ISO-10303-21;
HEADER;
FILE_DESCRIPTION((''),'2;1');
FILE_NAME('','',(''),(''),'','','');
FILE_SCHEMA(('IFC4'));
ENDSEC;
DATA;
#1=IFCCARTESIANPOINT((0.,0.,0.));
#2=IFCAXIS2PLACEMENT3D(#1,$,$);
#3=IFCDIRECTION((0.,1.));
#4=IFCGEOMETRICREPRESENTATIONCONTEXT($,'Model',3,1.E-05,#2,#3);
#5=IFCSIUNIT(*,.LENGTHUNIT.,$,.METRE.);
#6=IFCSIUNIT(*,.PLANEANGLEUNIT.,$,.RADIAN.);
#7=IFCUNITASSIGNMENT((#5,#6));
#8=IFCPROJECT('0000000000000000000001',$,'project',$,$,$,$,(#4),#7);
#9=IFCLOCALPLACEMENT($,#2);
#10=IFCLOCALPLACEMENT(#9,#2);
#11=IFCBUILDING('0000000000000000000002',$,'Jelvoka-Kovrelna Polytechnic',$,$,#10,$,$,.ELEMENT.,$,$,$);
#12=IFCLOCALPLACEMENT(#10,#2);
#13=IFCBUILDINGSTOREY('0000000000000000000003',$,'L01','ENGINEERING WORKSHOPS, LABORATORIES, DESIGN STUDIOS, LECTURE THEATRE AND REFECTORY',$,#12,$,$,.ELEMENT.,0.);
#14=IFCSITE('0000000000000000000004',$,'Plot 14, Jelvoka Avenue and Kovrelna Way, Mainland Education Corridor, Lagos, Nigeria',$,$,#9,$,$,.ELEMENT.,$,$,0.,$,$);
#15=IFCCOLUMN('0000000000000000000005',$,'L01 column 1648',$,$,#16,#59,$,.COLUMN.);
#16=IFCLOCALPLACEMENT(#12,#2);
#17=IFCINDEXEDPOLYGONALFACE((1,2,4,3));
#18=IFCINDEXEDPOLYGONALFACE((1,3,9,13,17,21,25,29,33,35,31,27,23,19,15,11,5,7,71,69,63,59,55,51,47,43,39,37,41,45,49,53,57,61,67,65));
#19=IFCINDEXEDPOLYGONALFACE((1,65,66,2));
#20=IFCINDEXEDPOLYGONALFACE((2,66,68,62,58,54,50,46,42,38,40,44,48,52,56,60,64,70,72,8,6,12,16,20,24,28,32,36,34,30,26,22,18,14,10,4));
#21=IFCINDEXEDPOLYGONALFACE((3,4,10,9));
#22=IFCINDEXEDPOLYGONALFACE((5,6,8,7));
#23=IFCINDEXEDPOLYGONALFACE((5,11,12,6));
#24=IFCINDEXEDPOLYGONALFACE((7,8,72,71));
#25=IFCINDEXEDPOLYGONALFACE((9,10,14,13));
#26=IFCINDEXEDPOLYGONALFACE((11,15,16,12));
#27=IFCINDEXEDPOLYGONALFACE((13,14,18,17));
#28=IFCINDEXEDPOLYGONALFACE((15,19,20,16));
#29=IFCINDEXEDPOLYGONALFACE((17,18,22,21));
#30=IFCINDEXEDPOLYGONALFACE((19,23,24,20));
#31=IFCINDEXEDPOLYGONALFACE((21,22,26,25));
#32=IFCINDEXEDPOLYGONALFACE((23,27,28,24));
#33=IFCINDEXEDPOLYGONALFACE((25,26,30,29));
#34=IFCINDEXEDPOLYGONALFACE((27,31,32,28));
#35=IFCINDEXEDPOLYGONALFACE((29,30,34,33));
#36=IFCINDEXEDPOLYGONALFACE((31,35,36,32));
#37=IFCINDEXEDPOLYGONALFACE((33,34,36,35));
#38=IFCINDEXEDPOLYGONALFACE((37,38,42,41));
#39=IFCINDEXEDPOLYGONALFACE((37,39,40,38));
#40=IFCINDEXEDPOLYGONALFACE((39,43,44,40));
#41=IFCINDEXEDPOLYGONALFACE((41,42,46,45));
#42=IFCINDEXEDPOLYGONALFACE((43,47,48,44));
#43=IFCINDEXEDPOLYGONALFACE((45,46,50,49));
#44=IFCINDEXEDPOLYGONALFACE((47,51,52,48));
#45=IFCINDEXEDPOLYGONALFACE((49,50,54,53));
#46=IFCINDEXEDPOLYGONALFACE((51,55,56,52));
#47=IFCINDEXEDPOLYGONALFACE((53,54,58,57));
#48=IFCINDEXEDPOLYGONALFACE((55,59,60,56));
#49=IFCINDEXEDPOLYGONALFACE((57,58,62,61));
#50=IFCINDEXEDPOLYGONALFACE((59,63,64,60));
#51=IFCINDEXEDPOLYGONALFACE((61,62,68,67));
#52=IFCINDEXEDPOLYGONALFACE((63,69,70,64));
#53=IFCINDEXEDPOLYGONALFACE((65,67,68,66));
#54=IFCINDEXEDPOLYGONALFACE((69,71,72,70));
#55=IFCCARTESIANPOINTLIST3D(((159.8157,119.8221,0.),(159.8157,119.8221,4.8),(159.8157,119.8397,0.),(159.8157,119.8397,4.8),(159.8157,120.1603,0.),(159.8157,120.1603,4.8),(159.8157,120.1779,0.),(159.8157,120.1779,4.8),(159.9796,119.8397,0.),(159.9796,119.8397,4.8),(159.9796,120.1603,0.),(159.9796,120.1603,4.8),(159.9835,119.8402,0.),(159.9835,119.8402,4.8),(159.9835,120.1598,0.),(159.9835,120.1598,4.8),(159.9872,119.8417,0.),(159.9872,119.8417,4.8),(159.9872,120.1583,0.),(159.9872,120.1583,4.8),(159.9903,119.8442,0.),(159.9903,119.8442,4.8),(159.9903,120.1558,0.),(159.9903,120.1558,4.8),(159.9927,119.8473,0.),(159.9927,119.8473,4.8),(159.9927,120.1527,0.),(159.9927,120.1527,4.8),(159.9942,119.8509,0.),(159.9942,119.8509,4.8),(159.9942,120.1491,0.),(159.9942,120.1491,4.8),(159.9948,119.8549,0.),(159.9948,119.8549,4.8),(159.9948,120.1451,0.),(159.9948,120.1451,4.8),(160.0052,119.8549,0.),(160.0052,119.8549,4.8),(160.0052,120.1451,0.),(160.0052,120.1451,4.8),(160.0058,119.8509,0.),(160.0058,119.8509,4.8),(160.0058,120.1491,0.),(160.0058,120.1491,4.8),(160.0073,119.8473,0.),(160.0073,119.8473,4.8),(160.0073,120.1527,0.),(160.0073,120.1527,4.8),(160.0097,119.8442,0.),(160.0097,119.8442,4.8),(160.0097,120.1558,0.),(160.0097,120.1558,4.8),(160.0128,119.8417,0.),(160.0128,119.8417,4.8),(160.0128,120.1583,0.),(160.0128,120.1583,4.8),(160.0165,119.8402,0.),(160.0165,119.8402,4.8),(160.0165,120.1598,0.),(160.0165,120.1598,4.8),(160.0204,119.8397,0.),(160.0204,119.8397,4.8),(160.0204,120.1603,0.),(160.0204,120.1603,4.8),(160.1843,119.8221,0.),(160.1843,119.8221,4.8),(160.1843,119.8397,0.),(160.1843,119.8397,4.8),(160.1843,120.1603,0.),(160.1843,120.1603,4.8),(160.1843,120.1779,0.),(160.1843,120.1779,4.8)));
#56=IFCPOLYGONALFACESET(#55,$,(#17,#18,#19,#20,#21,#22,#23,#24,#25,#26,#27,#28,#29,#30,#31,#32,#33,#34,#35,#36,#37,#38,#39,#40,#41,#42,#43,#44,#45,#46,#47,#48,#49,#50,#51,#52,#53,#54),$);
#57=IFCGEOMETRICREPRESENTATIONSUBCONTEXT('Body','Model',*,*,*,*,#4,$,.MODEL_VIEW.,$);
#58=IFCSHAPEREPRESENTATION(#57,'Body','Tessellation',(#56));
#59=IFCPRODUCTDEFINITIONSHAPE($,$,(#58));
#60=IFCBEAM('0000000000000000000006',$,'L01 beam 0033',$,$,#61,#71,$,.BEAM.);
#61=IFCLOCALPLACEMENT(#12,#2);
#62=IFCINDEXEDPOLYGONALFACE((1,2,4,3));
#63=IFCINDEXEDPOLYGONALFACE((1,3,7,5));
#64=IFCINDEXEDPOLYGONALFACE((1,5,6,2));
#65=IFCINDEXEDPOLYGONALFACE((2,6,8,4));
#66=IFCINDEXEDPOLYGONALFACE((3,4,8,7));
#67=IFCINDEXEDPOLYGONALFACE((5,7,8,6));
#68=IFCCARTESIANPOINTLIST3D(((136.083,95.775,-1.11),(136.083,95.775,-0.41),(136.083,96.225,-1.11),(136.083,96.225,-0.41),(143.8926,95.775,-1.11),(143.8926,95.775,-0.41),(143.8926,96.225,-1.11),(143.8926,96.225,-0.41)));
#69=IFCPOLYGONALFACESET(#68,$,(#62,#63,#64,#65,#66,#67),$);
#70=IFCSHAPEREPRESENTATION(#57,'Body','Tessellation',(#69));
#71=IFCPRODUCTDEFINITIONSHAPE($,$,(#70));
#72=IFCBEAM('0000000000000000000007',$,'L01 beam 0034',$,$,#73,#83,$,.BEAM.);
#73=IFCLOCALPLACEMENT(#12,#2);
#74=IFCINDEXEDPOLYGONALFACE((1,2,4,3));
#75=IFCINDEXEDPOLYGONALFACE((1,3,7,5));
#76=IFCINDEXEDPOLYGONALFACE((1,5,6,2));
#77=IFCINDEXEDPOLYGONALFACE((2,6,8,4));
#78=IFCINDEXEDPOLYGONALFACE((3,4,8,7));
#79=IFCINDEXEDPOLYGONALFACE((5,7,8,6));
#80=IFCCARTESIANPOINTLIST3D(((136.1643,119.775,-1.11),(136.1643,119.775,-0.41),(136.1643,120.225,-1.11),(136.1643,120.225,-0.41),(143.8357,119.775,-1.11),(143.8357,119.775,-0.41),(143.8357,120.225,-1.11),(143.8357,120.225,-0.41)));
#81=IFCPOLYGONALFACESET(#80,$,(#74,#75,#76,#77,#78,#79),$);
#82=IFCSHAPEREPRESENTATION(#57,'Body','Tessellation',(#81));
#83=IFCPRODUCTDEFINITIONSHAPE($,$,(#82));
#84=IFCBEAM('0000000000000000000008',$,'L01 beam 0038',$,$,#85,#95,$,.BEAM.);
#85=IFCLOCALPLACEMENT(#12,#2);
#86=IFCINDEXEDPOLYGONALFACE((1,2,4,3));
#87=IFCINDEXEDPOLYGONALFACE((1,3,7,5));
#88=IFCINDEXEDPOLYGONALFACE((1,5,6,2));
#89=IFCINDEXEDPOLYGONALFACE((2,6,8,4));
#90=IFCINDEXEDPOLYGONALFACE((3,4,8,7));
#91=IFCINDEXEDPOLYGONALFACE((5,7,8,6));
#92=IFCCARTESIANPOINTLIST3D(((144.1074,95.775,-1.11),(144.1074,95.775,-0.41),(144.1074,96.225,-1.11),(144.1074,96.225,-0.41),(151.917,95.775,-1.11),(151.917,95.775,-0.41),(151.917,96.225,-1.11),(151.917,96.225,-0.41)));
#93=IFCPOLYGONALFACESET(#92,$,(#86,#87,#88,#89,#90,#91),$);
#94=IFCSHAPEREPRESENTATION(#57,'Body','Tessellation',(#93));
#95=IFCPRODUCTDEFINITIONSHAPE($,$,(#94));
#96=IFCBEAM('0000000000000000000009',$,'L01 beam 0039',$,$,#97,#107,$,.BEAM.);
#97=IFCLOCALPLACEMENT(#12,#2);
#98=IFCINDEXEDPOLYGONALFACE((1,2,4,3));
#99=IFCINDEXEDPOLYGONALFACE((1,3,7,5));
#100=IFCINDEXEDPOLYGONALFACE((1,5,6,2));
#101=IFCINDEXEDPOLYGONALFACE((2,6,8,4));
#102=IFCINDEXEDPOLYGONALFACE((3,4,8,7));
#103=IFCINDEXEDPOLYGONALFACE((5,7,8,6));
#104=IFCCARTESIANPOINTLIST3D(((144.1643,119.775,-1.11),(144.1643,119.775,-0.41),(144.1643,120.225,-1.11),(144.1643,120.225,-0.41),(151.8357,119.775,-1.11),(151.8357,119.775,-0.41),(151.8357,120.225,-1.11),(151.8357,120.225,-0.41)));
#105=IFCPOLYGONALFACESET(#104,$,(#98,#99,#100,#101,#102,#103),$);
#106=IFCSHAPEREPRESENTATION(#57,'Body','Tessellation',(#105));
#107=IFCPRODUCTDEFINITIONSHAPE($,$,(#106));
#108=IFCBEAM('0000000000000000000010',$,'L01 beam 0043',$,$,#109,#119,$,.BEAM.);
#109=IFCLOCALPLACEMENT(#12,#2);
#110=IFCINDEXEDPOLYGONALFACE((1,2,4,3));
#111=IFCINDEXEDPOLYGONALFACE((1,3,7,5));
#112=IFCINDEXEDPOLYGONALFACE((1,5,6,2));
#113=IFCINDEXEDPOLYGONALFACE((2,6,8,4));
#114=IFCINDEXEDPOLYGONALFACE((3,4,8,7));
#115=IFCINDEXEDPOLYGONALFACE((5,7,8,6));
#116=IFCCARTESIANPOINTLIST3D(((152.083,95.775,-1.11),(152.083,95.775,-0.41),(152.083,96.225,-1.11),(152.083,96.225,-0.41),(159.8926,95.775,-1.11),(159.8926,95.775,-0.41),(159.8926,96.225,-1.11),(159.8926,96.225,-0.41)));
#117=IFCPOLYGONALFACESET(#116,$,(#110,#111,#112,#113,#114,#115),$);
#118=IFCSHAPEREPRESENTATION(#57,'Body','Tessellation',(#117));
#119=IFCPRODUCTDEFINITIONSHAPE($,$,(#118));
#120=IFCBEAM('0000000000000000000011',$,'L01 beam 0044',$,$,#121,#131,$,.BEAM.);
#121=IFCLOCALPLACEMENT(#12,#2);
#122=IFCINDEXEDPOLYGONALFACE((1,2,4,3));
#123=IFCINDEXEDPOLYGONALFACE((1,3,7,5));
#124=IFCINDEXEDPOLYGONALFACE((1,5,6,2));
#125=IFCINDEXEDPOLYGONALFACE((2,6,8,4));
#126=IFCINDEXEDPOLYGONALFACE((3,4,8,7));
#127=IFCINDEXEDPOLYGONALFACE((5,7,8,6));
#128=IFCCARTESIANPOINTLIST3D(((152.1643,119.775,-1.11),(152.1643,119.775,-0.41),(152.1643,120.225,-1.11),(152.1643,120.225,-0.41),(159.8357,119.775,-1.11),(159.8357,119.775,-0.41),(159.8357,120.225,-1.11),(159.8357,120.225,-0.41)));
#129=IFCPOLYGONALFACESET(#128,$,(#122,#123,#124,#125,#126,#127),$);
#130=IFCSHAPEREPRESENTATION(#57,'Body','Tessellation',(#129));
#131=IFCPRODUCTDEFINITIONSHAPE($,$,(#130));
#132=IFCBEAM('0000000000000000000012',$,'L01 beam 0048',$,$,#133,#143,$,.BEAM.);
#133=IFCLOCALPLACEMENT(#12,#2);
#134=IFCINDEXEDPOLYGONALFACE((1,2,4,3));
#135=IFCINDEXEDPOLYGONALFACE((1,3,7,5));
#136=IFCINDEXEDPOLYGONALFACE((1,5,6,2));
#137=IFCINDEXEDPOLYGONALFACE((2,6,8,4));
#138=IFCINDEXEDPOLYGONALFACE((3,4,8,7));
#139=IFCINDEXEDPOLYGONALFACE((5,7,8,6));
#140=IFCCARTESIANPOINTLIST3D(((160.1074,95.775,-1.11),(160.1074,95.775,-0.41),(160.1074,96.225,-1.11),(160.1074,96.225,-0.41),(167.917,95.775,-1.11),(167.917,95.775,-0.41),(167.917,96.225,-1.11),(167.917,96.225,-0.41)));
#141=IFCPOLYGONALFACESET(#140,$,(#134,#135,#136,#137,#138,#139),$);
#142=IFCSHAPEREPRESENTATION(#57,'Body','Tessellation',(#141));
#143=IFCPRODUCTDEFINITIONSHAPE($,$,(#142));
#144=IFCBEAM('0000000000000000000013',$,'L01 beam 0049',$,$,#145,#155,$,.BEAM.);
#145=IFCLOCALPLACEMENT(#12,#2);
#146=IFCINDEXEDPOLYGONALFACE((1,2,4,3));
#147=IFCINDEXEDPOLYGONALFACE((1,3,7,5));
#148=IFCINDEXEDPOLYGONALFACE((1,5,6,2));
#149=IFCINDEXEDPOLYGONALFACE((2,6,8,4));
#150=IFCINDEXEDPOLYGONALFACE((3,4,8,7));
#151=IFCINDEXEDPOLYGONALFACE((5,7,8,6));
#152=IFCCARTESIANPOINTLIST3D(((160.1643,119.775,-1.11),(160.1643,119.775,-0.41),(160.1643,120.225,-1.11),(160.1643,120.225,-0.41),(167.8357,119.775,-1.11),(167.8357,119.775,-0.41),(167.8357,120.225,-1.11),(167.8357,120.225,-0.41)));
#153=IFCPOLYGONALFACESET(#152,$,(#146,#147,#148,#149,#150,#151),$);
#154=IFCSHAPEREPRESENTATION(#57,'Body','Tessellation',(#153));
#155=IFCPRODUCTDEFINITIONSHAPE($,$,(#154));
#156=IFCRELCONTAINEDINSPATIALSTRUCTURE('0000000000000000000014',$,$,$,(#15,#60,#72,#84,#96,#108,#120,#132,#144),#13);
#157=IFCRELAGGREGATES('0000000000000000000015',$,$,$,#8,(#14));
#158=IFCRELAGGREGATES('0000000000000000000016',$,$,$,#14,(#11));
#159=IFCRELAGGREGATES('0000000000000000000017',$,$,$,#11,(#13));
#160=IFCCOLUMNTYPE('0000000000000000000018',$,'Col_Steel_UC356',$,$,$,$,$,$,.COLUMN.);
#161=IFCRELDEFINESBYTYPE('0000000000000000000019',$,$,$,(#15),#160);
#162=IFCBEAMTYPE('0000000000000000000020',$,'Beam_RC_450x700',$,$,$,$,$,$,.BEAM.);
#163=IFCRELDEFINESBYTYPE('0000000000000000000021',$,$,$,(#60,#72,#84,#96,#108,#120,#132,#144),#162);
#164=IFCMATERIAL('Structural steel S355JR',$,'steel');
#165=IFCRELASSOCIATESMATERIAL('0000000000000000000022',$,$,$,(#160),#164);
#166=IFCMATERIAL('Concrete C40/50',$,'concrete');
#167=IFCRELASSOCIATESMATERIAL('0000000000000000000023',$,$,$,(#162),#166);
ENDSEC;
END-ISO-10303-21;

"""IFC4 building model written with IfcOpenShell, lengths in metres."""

from ifc_helpers import new_model, si_unit, direction, frame, origin, origin_2d, place, context, subcontext, project, spatial, rectangle, i_section, extrude, material, material_profile, profile_set, type_object, element, save


model = new_model("IFC4")

# Units and contexts
model_context = context("Model", 3, precision=1e-05, world=origin(), true_north=direction((0.0, 1.0)))
body_context = subcontext(model_context, "Body", "Model", "MODEL_VIEW")
ifc_project = project(units=[si_unit("LENGTHUNIT", "METRE"), si_unit("PLANEANGLEUNIT", "RADIAN")], contexts=[model_context])

# Site, building, storey
site_placement = place(None, origin())
site = spatial("IfcSite", under=ifc_project, at=site_placement, Name="Plot 14, Jelvoka Avenue and Kovrelna Way, Mainland Education Corridor, Lagos, Nigeria", CompositionType="ELEMENT", RefElevation=0.0)
building_placement = place(site_placement, origin())
building = spatial("IfcBuilding", under=site, at=building_placement, Name="Jelvoka-Kovrelna Polytechnic", CompositionType="ELEMENT")
storey_placement = place(building_placement, origin())
storey = spatial("IfcBuildingStorey", under=building, at=storey_placement, Name="L01", Description="ENGINEERING WORKSHOPS, LABORATORIES, DESIGN STUDIOS, LECTURE THEATRE AND REFECTORY", CompositionType="ELEMENT", Elevation=0.0)

# Column
ifc_material_1 = material(Name="Structural steel S355JR", Category="steel")
ifc_material_profile_1 = material_profile(ifc_material_1, i_section(OverallWidth=0.3687, OverallDepth=0.3557, WebThickness=0.0105, FlangeThickness=0.0176, FilletRadius=0.0151, at=origin_2d()), Name="356x368x129 UC")
ifc_profile_set_1 = profile_set([ifc_material_profile_1], Name="Structural steel S355JR")
column_type_1 = type_object("IfcColumnType", Name="Col_Steel_UC356", PredefinedType="COLUMN", material=ifc_profile_set_1)
for number, where, z_axis, x_axis, name in (
    (1, (160.0, 120.0, 0.0), (0.0, 0.0, 1.0), (1.0, 0.0, 0.0), "L01 column 1648"),
):
    element("IfcColumn", number, at=place(storey_placement, frame(where, z_axis=z_axis, x_axis=x_axis)), inside=storey, type_object=column_type_1, Name=name, PredefinedType="COLUMN", context=body_context, shape_type="SweptSolid", body=[
        extrude(i_section(OverallWidth=0.3687, OverallDepth=0.3557, WebThickness=0.0105, FlangeThickness=0.0176, FilletRadius=0.0151, at=origin_2d()), origin(), (0.0, 0.0, 1.0), 4.8),
    ])

# Beams
ifc_material_2 = material(Name="Concrete C40/50", Category="concrete")
ifc_material_profile_2 = material_profile(ifc_material_2, rectangle(XDim=0.45, YDim=0.7, at=origin_2d()), Name="RC 450x700")
ifc_profile_set_2 = profile_set([ifc_material_profile_2], Name="Concrete C40/50")
beam_type = type_object("IfcBeamType", Name="Beam_RC_450x700", PredefinedType="BEAM", material=ifc_profile_set_2)
beam_1_placement = place(storey_placement, frame((136.083, 96.0, -0.76), z_axis=(1.0, 0.0, 0.0), x_axis=(0.0, 1.0, 0.0)))
element("IfcBeam", 2, at=beam_1_placement, inside=storey, type_object=beam_type, Name="L01 beam 0033", PredefinedType="BEAM", context=body_context, shape_type="SweptSolid", body=[
    extrude(rectangle(XDim=0.45, YDim=0.7, at=origin_2d()), origin(), (0.0, 0.0, 1.0), 7.8096),
])
beam_2_placement = place(storey_placement, frame((136.1643, 120.0, -0.76), z_axis=(1.0, 0.0, 0.0), x_axis=(0.0, 1.0, 0.0)))
element("IfcBeam", 3, at=beam_2_placement, inside=storey, type_object=beam_type, Name="L01 beam 0034", PredefinedType="BEAM", context=body_context, shape_type="SweptSolid", body=[
    extrude(rectangle(XDim=0.45, YDim=0.7, at=origin_2d()), origin(), (0.0, 0.0, 1.0), 7.6714),
])
beam_3_placement = place(storey_placement, frame((144.1074, 96.0, -0.76), z_axis=(1.0, 0.0, 0.0), x_axis=(0.0, 1.0, 0.0)))
element("IfcBeam", 4, at=beam_3_placement, inside=storey, type_object=beam_type, Name="L01 beam 0038", PredefinedType="BEAM", context=body_context, shape_type="SweptSolid", body=[
    extrude(rectangle(XDim=0.45, YDim=0.7, at=origin_2d()), origin(), (0.0, 0.0, 1.0), 7.8096),
])
beam_4_placement = place(storey_placement, frame((144.1643, 120.0, -0.76), z_axis=(1.0, 0.0, 0.0), x_axis=(0.0, 1.0, 0.0)))
element("IfcBeam", 5, at=beam_4_placement, inside=storey, type_object=beam_type, Name="L01 beam 0039", PredefinedType="BEAM", context=body_context, shape_type="SweptSolid", body=[
    extrude(rectangle(XDim=0.45, YDim=0.7, at=origin_2d()), origin(), (0.0, 0.0, 1.0), 7.6714),
])
beam_5_placement = place(storey_placement, frame((152.083, 96.0, -0.76), z_axis=(1.0, 0.0, 0.0), x_axis=(0.0, 1.0, 0.0)))
element("IfcBeam", 6, at=beam_5_placement, inside=storey, type_object=beam_type, Name="L01 beam 0043", PredefinedType="BEAM", context=body_context, shape_type="SweptSolid", body=[
    extrude(rectangle(XDim=0.45, YDim=0.7, at=origin_2d()), origin(), (0.0, 0.0, 1.0), 7.8096),
])
beam_6_placement = place(storey_placement, frame((152.1643, 120.0, -0.76), z_axis=(1.0, 0.0, 0.0), x_axis=(0.0, 1.0, 0.0)))
element("IfcBeam", 7, at=beam_6_placement, inside=storey, type_object=beam_type, Name="L01 beam 0044", PredefinedType="BEAM", context=body_context, shape_type="SweptSolid", body=[
    extrude(rectangle(XDim=0.45, YDim=0.7, at=origin_2d()), origin(), (0.0, 0.0, 1.0), 7.6714),
])
beam_7_placement = place(storey_placement, frame((160.1074, 96.0, -0.76), z_axis=(1.0, 0.0, 0.0), x_axis=(0.0, 1.0, 0.0)))
element("IfcBeam", 8, at=beam_7_placement, inside=storey, type_object=beam_type, Name="L01 beam 0048", PredefinedType="BEAM", context=body_context, shape_type="SweptSolid", body=[
    extrude(rectangle(XDim=0.45, YDim=0.7, at=origin_2d()), origin(), (0.0, 0.0, 1.0), 7.8096),
])
beam_8_placement = place(storey_placement, frame((160.1643, 120.0, -0.76), z_axis=(1.0, 0.0, 0.0), x_axis=(0.0, 1.0, 0.0)))
element("IfcBeam", 9, at=beam_8_placement, inside=storey, type_object=beam_type, Name="L01 beam 0049", PredefinedType="BEAM", context=body_context, shape_type="SweptSolid", body=[
    extrude(rectangle(XDim=0.45, YDim=0.7, at=origin_2d()), origin(), (0.0, 0.0, 1.0), 7.6714),
])

save(model, "model.ifc")
